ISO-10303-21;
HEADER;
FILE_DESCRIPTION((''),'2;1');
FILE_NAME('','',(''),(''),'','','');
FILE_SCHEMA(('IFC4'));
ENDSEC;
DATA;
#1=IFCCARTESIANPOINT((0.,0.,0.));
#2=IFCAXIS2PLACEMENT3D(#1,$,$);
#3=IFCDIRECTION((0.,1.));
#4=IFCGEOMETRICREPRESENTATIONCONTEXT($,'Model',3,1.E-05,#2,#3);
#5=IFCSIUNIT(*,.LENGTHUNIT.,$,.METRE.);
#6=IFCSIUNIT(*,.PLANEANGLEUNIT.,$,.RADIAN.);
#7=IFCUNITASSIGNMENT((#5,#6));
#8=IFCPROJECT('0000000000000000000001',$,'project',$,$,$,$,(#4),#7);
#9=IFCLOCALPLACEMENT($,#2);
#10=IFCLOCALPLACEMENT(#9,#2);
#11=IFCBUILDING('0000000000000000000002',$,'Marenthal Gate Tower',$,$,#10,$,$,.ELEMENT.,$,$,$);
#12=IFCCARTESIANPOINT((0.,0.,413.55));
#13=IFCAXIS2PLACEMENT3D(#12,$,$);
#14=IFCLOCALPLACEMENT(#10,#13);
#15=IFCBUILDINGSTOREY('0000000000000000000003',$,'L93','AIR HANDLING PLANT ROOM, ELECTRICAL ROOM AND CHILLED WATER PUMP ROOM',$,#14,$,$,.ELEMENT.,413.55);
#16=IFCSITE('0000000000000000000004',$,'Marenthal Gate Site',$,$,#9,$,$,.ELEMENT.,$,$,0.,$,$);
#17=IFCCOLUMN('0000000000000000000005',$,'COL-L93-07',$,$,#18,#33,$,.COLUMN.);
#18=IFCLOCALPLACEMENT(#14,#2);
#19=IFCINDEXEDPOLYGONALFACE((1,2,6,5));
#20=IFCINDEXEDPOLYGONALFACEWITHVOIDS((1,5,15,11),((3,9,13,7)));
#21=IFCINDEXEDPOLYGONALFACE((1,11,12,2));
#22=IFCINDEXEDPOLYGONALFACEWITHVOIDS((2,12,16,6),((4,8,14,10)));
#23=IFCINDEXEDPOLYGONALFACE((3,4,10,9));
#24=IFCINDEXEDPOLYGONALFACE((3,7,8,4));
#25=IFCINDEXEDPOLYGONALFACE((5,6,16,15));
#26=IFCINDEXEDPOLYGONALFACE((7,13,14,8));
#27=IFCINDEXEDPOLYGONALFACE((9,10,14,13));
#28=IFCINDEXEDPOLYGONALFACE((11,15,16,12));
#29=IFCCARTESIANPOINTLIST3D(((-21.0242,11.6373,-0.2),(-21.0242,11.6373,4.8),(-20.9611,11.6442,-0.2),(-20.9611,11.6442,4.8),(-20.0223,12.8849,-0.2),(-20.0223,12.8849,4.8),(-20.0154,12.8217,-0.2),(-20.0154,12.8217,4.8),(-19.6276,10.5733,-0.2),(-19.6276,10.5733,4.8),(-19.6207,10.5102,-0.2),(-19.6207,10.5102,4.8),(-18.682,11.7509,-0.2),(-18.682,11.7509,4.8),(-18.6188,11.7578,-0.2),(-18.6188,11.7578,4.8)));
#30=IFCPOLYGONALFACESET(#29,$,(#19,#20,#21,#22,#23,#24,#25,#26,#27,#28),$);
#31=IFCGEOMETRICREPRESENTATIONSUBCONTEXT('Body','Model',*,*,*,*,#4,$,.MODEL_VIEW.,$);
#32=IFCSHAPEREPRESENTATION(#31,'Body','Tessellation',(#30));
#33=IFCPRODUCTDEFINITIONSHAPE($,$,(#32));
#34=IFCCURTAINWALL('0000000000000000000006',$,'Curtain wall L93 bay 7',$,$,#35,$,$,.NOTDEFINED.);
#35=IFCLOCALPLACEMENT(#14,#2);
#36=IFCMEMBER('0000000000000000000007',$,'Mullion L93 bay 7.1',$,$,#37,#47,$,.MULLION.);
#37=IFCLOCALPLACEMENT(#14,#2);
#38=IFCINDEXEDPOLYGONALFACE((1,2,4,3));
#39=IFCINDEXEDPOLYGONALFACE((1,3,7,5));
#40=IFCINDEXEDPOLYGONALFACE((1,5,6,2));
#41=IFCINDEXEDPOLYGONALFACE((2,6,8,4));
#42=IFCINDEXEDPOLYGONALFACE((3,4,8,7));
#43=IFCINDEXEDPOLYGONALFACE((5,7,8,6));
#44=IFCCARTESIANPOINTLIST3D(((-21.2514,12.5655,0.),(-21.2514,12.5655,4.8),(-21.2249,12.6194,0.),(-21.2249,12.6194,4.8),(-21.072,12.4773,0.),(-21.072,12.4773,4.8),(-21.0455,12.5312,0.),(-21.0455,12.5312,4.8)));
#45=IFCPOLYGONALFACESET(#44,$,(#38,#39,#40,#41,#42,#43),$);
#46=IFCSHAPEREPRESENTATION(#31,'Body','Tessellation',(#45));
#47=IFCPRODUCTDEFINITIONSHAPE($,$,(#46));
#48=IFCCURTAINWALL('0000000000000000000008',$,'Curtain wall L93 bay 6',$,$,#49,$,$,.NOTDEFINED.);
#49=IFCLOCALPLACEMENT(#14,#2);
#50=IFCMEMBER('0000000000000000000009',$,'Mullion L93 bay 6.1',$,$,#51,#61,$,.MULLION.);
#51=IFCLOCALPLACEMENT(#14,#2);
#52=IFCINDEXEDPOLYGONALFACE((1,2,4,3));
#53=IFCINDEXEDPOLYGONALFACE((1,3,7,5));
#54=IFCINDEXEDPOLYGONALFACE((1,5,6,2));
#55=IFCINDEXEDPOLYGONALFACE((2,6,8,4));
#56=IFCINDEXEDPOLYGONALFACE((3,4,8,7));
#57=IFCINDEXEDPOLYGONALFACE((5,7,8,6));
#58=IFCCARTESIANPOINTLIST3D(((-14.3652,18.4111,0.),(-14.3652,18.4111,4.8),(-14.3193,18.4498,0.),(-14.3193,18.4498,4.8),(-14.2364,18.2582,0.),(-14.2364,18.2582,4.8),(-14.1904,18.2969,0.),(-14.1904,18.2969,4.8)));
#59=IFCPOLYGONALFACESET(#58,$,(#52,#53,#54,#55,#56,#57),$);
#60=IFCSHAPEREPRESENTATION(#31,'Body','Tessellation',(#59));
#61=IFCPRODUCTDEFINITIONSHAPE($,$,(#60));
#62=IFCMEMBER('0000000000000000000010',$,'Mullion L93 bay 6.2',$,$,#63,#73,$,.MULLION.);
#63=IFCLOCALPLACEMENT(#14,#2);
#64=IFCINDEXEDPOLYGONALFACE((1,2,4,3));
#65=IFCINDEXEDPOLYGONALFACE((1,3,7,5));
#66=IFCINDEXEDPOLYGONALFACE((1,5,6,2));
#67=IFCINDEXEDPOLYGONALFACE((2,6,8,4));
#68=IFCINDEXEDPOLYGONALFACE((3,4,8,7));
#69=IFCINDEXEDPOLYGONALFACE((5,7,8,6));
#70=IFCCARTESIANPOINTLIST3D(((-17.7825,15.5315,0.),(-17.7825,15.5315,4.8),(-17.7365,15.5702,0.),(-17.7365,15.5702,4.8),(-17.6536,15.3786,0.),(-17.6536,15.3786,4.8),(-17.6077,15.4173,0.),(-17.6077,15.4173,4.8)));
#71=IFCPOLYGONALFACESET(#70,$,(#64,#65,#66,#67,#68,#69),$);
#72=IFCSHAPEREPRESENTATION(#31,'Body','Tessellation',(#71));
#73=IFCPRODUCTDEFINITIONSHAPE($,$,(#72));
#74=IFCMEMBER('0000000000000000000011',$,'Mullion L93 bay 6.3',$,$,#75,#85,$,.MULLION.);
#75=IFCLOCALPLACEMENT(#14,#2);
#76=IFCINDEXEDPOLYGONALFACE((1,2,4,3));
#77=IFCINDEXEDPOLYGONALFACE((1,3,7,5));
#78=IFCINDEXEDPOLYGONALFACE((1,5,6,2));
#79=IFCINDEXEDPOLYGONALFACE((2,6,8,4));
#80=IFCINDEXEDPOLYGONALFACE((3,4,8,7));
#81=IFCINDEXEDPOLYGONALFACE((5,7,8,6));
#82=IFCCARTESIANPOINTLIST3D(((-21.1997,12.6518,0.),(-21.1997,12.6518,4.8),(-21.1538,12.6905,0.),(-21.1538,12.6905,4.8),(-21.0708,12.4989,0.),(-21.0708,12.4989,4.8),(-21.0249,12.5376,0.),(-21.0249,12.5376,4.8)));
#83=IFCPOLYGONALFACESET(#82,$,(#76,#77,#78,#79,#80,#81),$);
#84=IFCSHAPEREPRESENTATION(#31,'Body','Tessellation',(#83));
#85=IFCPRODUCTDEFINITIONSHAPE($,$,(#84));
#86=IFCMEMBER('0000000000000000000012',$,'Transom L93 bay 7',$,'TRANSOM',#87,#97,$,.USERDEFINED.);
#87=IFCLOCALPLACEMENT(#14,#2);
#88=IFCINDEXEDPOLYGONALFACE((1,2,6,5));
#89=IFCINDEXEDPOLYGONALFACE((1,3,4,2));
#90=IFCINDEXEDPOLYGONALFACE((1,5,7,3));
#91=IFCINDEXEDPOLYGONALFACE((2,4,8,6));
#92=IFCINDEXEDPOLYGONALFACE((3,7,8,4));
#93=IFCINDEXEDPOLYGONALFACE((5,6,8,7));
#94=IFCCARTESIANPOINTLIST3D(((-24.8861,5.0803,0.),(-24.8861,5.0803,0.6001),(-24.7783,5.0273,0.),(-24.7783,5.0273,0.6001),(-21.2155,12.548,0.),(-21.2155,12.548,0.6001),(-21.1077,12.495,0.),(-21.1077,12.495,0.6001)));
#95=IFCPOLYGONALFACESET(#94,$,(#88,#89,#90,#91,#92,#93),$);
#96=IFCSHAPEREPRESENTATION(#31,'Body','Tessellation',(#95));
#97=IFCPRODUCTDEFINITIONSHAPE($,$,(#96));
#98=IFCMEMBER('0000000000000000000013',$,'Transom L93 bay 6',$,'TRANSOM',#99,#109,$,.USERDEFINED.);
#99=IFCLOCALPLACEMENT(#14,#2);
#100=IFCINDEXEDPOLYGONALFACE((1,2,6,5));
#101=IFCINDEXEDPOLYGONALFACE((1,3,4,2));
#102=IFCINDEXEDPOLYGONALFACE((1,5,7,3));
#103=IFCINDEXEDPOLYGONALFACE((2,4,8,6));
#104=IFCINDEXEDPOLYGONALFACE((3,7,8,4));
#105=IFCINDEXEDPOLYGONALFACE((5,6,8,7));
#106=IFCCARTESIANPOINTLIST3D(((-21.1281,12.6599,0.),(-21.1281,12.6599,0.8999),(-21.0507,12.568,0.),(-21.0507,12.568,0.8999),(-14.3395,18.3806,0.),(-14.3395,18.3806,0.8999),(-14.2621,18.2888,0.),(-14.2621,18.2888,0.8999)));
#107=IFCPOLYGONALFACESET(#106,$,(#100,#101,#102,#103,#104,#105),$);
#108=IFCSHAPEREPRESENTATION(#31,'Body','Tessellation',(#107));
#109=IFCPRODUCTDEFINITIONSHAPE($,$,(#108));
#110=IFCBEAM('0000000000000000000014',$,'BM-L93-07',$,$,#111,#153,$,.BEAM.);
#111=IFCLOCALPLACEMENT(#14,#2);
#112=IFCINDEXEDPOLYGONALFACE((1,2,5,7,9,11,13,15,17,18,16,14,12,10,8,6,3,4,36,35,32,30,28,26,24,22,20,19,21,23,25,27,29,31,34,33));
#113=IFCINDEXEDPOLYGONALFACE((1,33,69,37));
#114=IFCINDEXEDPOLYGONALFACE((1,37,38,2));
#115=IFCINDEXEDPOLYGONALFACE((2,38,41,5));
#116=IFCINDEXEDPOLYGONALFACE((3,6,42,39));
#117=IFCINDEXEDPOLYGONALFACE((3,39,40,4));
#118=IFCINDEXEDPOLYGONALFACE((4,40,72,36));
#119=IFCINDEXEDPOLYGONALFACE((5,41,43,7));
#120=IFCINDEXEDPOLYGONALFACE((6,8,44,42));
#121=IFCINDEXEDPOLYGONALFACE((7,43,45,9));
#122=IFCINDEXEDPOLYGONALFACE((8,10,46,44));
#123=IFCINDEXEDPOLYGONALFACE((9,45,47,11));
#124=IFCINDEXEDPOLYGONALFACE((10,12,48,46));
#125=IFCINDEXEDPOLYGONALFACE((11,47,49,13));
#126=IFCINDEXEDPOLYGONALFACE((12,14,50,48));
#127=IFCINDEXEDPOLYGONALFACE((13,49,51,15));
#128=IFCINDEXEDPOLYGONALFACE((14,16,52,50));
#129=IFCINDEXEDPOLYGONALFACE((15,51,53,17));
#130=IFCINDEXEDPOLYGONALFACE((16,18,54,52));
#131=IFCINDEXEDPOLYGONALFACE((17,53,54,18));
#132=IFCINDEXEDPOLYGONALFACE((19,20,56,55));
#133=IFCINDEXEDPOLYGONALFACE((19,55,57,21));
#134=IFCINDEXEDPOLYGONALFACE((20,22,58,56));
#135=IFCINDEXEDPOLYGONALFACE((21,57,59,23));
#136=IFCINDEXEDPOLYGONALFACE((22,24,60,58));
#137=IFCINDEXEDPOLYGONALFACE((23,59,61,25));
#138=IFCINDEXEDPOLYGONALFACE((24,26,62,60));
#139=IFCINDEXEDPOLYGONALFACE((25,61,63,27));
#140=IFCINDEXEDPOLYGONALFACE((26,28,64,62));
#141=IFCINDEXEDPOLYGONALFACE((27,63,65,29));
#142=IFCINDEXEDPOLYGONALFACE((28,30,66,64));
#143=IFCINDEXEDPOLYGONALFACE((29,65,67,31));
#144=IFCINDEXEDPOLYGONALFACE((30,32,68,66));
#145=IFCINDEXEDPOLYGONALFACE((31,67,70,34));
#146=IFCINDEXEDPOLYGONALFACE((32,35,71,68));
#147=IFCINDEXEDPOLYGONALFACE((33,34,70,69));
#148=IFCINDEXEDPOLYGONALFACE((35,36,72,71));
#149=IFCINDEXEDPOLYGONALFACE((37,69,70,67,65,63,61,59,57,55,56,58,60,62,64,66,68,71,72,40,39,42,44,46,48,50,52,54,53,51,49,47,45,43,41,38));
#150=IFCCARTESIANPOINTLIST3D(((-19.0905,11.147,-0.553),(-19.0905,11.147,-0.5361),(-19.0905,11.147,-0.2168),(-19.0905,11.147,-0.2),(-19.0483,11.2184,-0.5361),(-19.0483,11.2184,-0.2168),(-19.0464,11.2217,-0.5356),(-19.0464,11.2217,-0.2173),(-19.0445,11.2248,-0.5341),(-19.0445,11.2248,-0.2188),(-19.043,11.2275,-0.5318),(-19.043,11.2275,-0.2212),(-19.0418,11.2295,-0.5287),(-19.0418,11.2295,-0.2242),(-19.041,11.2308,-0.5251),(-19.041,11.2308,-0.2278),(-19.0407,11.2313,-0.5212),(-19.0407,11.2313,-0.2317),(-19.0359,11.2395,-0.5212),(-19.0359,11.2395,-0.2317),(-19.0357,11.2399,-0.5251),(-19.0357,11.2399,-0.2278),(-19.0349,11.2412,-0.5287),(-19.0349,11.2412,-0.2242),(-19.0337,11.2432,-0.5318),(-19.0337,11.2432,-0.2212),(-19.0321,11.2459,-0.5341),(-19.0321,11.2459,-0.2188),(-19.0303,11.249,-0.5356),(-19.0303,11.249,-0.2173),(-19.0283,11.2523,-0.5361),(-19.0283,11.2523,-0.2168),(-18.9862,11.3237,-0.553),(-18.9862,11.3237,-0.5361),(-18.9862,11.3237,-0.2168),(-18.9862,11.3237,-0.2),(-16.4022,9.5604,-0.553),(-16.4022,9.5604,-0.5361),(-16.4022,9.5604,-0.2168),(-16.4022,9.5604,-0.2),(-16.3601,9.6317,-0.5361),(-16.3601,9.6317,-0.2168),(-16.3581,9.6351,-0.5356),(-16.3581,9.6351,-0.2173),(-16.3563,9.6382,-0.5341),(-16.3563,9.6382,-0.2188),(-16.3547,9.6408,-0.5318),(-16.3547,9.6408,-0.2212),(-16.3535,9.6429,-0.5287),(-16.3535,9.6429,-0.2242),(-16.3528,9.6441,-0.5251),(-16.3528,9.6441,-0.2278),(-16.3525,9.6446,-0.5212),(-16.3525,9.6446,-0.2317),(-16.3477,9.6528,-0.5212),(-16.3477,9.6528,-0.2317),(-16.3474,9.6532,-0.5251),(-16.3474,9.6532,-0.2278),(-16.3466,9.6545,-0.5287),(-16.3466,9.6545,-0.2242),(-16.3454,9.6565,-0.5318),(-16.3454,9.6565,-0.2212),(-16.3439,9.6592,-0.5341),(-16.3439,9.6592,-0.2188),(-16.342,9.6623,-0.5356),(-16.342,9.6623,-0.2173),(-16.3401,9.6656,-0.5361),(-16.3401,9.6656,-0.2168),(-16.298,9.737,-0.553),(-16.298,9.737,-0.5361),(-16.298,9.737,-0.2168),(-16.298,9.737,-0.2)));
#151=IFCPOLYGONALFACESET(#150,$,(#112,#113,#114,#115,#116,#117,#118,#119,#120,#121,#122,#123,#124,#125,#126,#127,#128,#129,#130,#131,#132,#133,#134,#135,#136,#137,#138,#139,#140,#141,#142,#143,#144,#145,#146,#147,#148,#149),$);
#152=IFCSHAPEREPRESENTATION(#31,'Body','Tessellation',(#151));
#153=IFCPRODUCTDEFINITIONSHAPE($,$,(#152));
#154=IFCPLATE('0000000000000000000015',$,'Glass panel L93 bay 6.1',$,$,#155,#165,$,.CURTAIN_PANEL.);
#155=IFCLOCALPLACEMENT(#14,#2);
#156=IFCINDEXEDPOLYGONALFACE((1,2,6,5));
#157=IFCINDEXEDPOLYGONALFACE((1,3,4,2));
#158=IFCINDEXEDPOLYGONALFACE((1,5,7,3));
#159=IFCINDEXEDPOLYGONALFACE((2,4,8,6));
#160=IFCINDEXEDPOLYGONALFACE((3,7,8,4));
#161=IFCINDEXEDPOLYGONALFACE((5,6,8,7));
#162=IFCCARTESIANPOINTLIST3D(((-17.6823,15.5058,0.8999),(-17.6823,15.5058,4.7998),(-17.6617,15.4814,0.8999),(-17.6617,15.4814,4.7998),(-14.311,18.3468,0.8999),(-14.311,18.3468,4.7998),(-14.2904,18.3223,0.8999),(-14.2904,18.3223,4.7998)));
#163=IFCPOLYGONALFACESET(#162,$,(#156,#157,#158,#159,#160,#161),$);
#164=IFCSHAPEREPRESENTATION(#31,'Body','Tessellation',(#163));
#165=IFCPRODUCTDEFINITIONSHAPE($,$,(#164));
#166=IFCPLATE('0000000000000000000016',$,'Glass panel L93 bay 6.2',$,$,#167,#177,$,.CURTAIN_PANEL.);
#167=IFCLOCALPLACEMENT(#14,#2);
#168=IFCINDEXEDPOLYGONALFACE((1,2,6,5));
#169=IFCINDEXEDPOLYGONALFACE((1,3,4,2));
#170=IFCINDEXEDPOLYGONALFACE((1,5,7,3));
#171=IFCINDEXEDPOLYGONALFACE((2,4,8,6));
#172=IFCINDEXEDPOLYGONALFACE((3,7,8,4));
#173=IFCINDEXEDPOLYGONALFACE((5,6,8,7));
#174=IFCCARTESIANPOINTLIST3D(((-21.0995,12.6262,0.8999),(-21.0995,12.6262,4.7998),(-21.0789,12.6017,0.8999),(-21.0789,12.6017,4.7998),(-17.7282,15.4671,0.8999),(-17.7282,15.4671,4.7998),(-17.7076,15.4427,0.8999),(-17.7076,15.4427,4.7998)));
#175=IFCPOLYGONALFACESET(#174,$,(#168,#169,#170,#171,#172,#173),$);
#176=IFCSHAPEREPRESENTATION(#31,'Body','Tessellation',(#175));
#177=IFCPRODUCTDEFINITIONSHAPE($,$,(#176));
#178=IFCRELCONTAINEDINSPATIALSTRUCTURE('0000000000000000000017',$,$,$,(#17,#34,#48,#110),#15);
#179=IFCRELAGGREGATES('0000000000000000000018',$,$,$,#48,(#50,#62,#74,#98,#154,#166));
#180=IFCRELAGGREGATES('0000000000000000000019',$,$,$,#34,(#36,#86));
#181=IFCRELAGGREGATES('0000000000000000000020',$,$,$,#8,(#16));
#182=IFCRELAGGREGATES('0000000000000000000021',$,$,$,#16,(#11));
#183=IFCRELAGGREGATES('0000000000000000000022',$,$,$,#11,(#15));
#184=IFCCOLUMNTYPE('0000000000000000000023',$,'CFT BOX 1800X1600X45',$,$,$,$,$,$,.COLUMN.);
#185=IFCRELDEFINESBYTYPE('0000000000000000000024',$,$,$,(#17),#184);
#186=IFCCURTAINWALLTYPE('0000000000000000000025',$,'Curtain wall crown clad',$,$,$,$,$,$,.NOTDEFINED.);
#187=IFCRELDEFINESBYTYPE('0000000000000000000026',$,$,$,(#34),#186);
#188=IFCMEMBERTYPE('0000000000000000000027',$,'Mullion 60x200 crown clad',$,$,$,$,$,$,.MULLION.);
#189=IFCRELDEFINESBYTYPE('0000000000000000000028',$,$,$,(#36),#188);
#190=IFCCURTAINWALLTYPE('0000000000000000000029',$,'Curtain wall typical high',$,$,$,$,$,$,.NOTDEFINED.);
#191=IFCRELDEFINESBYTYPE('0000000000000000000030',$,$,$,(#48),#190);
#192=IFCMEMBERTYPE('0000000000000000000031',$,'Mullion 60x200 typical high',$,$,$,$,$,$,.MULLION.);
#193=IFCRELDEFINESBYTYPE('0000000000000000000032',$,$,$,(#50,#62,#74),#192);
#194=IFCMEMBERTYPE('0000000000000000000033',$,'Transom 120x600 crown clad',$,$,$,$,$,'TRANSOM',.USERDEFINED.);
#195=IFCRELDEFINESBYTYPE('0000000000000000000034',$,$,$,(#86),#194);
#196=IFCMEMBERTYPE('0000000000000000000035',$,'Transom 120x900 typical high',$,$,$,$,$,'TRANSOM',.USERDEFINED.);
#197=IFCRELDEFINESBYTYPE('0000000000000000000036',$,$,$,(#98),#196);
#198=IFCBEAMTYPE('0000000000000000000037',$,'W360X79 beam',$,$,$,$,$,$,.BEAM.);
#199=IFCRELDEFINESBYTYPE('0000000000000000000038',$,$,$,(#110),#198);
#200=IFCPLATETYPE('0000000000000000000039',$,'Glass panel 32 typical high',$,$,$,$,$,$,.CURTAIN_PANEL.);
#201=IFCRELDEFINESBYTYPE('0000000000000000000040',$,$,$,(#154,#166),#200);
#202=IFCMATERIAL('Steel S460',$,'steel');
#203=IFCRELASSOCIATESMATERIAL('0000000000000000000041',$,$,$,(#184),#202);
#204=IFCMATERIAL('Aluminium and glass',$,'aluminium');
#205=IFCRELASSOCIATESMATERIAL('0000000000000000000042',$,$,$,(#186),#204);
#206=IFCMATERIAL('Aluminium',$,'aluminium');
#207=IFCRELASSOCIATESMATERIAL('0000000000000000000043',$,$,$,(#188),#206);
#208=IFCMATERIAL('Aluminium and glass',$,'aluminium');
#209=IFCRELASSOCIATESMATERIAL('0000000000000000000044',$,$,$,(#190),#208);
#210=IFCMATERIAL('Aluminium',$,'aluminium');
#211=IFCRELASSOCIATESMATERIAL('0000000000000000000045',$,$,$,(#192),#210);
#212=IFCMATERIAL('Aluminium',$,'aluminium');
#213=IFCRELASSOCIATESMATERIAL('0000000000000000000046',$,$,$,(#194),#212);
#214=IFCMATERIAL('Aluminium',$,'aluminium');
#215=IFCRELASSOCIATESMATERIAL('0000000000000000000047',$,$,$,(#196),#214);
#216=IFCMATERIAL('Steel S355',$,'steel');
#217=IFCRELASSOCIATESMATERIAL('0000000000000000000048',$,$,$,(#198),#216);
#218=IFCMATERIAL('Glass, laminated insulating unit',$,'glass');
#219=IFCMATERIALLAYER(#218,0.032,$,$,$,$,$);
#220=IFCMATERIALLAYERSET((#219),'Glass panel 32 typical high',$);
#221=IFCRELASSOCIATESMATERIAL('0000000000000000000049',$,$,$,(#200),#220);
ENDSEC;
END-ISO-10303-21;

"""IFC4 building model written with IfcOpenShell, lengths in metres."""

from ifc_helpers import new_model, si_unit, direction, frame, origin, origin_2d, place, context, subcontext, project, spatial, rectangle, hollow_rectangle, i_section, extrude, material, layer, layer_set, material_profile, profile_set, type_object, element, aggregate, save


model = new_model("IFC4")

# Units and contexts
model_context = context("Model", 3, precision=1e-05, world=origin(), true_north=direction((0.0, 1.0)))
body_context = subcontext(model_context, "Body", "Model", "MODEL_VIEW")
ifc_project = project(units=[si_unit("LENGTHUNIT", "METRE"), si_unit("PLANEANGLEUNIT", "RADIAN")], contexts=[model_context])

# Site, building, storey
site_placement = place(None, origin())
site = spatial("IfcSite", under=ifc_project, at=site_placement, Name="Marenthal Gate Site", CompositionType="ELEMENT", RefElevation=0.0)
building_placement = place(site_placement, origin())
building = spatial("IfcBuilding", under=site, at=building_placement, Name="Marenthal Gate Tower", CompositionType="ELEMENT")
storey_placement = place(building_placement, frame((0.0, 0.0, 413.55)))
storey = spatial("IfcBuildingStorey", under=building, at=storey_placement, Name="L93", Description="AIR HANDLING PLANT ROOM, ELECTRICAL ROOM AND CHILLED WATER PUMP ROOM", CompositionType="ELEMENT", Elevation=413.55)

# Column
ifc_material_1 = material(Name="Steel S460", Category="steel")
ifc_material_profile_1 = material_profile(ifc_material_1, hollow_rectangle(XDim=1.6001, YDim=1.8, WallThickness=0.0449, at=origin_2d()), Name="CFT BOX 1800X1600X45")
ifc_material_2 = material(Name="Concrete 70 MPa", Category="concrete")
ifc_material_profile_2 = material_profile(ifc_material_2, rectangle(XDim=1.51, YDim=1.71, at=origin_2d()), Name="CFT BOX 1800X1600X45 INFILL")
ifc_profile_set_1 = profile_set([ifc_material_profile_1, ifc_material_profile_2], Name="Steel S460 shell, Concrete 70 MPa infill")
column_type = type_object("IfcColumnType", Name="CFT BOX 1800X1600X45", PredefinedType="COLUMN", material=ifc_profile_set_1)
column_placement = place(storey_placement, frame((-19.8215, 11.6975, -0.2), z_axis=(0.0, 0.0, 1.0), x_axis=(0.626145, 0.779706, 0.0)))
element("IfcColumn", 1, at=column_placement, inside=storey, type_object=column_type, Name="COL-L93-07", PredefinedType="COLUMN", context=body_context, shape_type="SweptSolid", body=[
    extrude(hollow_rectangle(XDim=1.6001, YDim=1.8, WallThickness=0.0449, at=origin_2d()), origin(), (0.0, 0.0, 1.0), 5.0),
])

# Curtain wall, member
ifc_material_3 = material(Name="Aluminium and glass", Category="aluminium")
curtain_wall_type_1 = type_object("IfcCurtainWallType", Name="Curtain wall crown clad", PredefinedType="NOTDEFINED", material=ifc_material_3)
curtain_wall_1_placement = place(storey_placement, origin())
curtain_wall_1 = element("IfcCurtainWall", 2, at=curtain_wall_1_placement, inside=storey, type_object=curtain_wall_type_1, Name="Curtain wall L93 bay 7", PredefinedType="NOTDEFINED")
ifc_material_4 = material(Name="Aluminium", Category="aluminium")
ifc_material_profile_3 = material_profile(ifc_material_4, rectangle(XDim=0.2, YDim=0.0601, at=origin_2d()), Name="60x200 aluminium mullion")
ifc_profile_set_2 = profile_set([ifc_material_profile_3], Name="Aluminium")
member_type_1 = type_object("IfcMemberType", Name="Mullion 60x200 crown clad", PredefinedType="MULLION", material=ifc_profile_set_2)
member_1_placement = place(storey_placement, frame((-21.1484, 12.5483, 0.0), z_axis=(0.0, 0.0, 1.0), x_axis=(0.897446, -0.441124, 0.0)))
member_1 = element("IfcMember", 3, at=member_1_placement, type_object=member_type_1, Name="Mullion L93 bay 7.1", PredefinedType="MULLION", context=body_context, shape_type="SweptSolid", body=[
    extrude(rectangle(XDim=0.2, YDim=0.0601, at=origin_2d()), origin(), (0.0, 0.0, 1.0), 4.8),
])

# Curtain wall, members
ifc_material_5 = material(Name="Aluminium and glass", Category="aluminium")
curtain_wall_type_2 = type_object("IfcCurtainWallType", Name="Curtain wall typical high", PredefinedType="NOTDEFINED", material=ifc_material_5)
curtain_wall_2_placement = place(storey_placement, origin())
curtain_wall_2 = element("IfcCurtainWall", 4, at=curtain_wall_2_placement, inside=storey, type_object=curtain_wall_type_2, Name="Curtain wall L93 bay 6", PredefinedType="NOTDEFINED")
ifc_material_6 = material(Name="Aluminium", Category="aluminium")
ifc_material_profile_4 = material_profile(ifc_material_6, rectangle(XDim=0.2, YDim=0.0601, at=origin_2d()), Name="60x200 aluminium mullion")
ifc_profile_set_3 = profile_set([ifc_material_profile_4], Name="Aluminium")
member_type_2 = type_object("IfcMemberType", Name="Mullion 60x200 typical high", PredefinedType="MULLION", material=ifc_profile_set_3)
member_2_placement = place(storey_placement, frame((-14.2778, 18.354, 0.0), z_axis=(0.0, 0.0, 1.0), x_axis=(0.644394, -0.764693, 0.0)))
member_2 = element("IfcMember", 5, at=member_2_placement, type_object=member_type_2, Name="Mullion L93 bay 6.1", PredefinedType="MULLION", context=body_context, shape_type="SweptSolid", body=[
    extrude(rectangle(XDim=0.2, YDim=0.0601, at=origin_2d()), origin(), (0.0, 0.0, 1.0), 4.8),
])
member_3_placement = place(storey_placement, frame((-17.6951, 15.4744, 0.0), z_axis=(0.0, 0.0, 1.0), x_axis=(0.644394, -0.764693, 0.0)))
member_3 = element("IfcMember", 6, at=member_3_placement, type_object=member_type_2, Name="Mullion L93 bay 6.2", PredefinedType="MULLION", context=body_context, shape_type="SweptSolid", body=[
    extrude(rectangle(XDim=0.2, YDim=0.0601, at=origin_2d()), origin(), (0.0, 0.0, 1.0), 4.8),
])
member_4_placement = place(storey_placement, frame((-21.1123, 12.5947, 0.0), z_axis=(0.0, 0.0, 1.0), x_axis=(0.644394, -0.764693, 0.0)))
member_4 = element("IfcMember", 7, at=member_4_placement, type_object=member_type_2, Name="Mullion L93 bay 6.3", PredefinedType="MULLION", context=body_context, shape_type="SweptSolid", body=[
    extrude(rectangle(XDim=0.2, YDim=0.0601, at=origin_2d()), origin(), (0.0, 0.0, 1.0), 4.8),
])

# Members
ifc_material_7 = material(Name="Aluminium", Category="aluminium")
ifc_material_profile_5 = material_profile(ifc_material_7, rectangle(XDim=0.1201, YDim=0.6001, at=origin_2d()), Name="120x600 aluminium transom")
ifc_profile_set_4 = profile_set([ifc_material_profile_5], Name="Aluminium")
member_type_3 = type_object("IfcMemberType", Name="Transom 120x600 crown clad", ElementType="TRANSOM", PredefinedType="USERDEFINED", material=ifc_profile_set_4)
member_5_placement = place(storey_placement, frame((-21.1616, 12.5215, 0.3), z_axis=(-0.441124, -0.897446, 0.0), x_axis=(0.897446, -0.441124, 0.0)))
member_5 = element("IfcMember", 8, at=member_5_placement, type_object=member_type_3, Name="Transom L93 bay 7", ObjectType="TRANSOM", PredefinedType="USERDEFINED", context=body_context, shape_type="SweptSolid", body=[
    extrude(rectangle(XDim=0.1201, YDim=0.6001, at=origin_2d()), origin(), (0.0, 0.0, 1.0), 8.321),
])
ifc_material_8 = material(Name="Aluminium", Category="aluminium")
ifc_material_profile_6 = material_profile(ifc_material_8, rectangle(XDim=0.1201, YDim=0.8999, at=origin_2d()), Name="120x900 aluminium transom")
ifc_profile_set_5 = profile_set([ifc_material_profile_6], Name="Aluminium")
member_type_4 = type_object("IfcMemberType", Name="Transom 120x900 typical high", ElementType="TRANSOM", PredefinedType="USERDEFINED", material=ifc_profile_set_5)
member_6_placement = place(storey_placement, frame((-14.3008, 18.3347, 0.45), z_axis=(-0.764689, -0.6444, 0.0), x_axis=(0.6444, -0.764689, 0.0)))
member_6 = element("IfcMember", 9, at=member_6_placement, type_object=member_type_4, Name="Transom L93 bay 6", ObjectType="TRANSOM", PredefinedType="USERDEFINED", context=body_context, shape_type="SweptSolid", body=[
    extrude(rectangle(XDim=0.1201, YDim=0.8999, at=origin_2d()), origin(), (0.0, 0.0, 1.0), 8.8777),
])

# Beam
ifc_material_9 = material(Name="Steel S355", Category="steel")
ifc_material_profile_7 = material_profile(ifc_material_9, i_section(OverallWidth=0.2051, OverallDepth=0.353, WebThickness=0.0095, FlangeThickness=0.0168, FilletRadius=0.0149, at=origin_2d()), Name="W360X79")
ifc_profile_set_6 = profile_set([ifc_material_profile_7], Name="Steel S355")
beam_type = type_object("IfcBeamType", Name="W360X79 beam", PredefinedType="BEAM", material=ifc_profile_set_6)
beam_placement = place(storey_placement, frame((-19.0383, 11.2354, -0.3765), z_axis=(0.861183, -0.508294, 0.0), x_axis=(0.508294, 0.861183, 0.0)))
element("IfcBeam", 10, at=beam_placement, inside=storey, type_object=beam_type, Name="BM-L93-07", PredefinedType="BEAM", context=body_context, shape_type="SweptSolid", body=[
    extrude(i_section(OverallWidth=0.2051, OverallDepth=0.353, WebThickness=0.0095, FlangeThickness=0.0168, FilletRadius=0.0149, at=origin_2d()), origin(), (0.0, 0.0, 1.0), 3.1216),
])

# Plates
ifc_material_10 = material(Name="Glass, laminated insulating unit", Category="glass")
ifc_layer_1 = layer(ifc_material_10, 0.032)
ifc_layer_set_1 = layer_set([ifc_layer_1], Name="Glass panel 32 typical high")
plate_type_1 = type_object("IfcPlateType", Name="Glass panel 32 typical high", PredefinedType="CURTAIN_PANEL", material=ifc_layer_set_1)
plate_1_placement = place(storey_placement, frame((-15.9863, 16.9141, 0.8999), z_axis=(0.0, 0.0, 1.0), x_axis=(-0.764693, -0.644394, 0.0)))
plate_1 = element("IfcPlate", 11, at=plate_1_placement, type_object=plate_type_1, Name="Glass panel L93 bay 6.1", PredefinedType="CURTAIN_PANEL", context=body_context, shape_type="SweptSolid", body=[
    extrude(rectangle(XDim=4.4087, YDim=0.032, at=origin_2d()), origin(), (0.0, 0.0, 1.0), 3.8999),
])
plate_2_placement = place(storey_placement, frame((-19.4036, 14.0344, 0.8999), z_axis=(0.0, 0.0, 1.0), x_axis=(-0.764693, -0.644394, 0.0)))
plate_2 = element("IfcPlate", 12, at=plate_2_placement, type_object=plate_type_1, Name="Glass panel L93 bay 6.2", PredefinedType="CURTAIN_PANEL", context=body_context, shape_type="SweptSolid", body=[
    extrude(rectangle(XDim=4.4087, YDim=0.032, at=origin_2d()), origin(), (0.0, 0.0, 1.0), 3.8999),
])
aggregate(curtain_wall_2, [member_2, member_3, member_4, member_6, plate_1, plate_2])
aggregate(curtain_wall_1, [member_1, member_5])

save(model, "model.ifc")
